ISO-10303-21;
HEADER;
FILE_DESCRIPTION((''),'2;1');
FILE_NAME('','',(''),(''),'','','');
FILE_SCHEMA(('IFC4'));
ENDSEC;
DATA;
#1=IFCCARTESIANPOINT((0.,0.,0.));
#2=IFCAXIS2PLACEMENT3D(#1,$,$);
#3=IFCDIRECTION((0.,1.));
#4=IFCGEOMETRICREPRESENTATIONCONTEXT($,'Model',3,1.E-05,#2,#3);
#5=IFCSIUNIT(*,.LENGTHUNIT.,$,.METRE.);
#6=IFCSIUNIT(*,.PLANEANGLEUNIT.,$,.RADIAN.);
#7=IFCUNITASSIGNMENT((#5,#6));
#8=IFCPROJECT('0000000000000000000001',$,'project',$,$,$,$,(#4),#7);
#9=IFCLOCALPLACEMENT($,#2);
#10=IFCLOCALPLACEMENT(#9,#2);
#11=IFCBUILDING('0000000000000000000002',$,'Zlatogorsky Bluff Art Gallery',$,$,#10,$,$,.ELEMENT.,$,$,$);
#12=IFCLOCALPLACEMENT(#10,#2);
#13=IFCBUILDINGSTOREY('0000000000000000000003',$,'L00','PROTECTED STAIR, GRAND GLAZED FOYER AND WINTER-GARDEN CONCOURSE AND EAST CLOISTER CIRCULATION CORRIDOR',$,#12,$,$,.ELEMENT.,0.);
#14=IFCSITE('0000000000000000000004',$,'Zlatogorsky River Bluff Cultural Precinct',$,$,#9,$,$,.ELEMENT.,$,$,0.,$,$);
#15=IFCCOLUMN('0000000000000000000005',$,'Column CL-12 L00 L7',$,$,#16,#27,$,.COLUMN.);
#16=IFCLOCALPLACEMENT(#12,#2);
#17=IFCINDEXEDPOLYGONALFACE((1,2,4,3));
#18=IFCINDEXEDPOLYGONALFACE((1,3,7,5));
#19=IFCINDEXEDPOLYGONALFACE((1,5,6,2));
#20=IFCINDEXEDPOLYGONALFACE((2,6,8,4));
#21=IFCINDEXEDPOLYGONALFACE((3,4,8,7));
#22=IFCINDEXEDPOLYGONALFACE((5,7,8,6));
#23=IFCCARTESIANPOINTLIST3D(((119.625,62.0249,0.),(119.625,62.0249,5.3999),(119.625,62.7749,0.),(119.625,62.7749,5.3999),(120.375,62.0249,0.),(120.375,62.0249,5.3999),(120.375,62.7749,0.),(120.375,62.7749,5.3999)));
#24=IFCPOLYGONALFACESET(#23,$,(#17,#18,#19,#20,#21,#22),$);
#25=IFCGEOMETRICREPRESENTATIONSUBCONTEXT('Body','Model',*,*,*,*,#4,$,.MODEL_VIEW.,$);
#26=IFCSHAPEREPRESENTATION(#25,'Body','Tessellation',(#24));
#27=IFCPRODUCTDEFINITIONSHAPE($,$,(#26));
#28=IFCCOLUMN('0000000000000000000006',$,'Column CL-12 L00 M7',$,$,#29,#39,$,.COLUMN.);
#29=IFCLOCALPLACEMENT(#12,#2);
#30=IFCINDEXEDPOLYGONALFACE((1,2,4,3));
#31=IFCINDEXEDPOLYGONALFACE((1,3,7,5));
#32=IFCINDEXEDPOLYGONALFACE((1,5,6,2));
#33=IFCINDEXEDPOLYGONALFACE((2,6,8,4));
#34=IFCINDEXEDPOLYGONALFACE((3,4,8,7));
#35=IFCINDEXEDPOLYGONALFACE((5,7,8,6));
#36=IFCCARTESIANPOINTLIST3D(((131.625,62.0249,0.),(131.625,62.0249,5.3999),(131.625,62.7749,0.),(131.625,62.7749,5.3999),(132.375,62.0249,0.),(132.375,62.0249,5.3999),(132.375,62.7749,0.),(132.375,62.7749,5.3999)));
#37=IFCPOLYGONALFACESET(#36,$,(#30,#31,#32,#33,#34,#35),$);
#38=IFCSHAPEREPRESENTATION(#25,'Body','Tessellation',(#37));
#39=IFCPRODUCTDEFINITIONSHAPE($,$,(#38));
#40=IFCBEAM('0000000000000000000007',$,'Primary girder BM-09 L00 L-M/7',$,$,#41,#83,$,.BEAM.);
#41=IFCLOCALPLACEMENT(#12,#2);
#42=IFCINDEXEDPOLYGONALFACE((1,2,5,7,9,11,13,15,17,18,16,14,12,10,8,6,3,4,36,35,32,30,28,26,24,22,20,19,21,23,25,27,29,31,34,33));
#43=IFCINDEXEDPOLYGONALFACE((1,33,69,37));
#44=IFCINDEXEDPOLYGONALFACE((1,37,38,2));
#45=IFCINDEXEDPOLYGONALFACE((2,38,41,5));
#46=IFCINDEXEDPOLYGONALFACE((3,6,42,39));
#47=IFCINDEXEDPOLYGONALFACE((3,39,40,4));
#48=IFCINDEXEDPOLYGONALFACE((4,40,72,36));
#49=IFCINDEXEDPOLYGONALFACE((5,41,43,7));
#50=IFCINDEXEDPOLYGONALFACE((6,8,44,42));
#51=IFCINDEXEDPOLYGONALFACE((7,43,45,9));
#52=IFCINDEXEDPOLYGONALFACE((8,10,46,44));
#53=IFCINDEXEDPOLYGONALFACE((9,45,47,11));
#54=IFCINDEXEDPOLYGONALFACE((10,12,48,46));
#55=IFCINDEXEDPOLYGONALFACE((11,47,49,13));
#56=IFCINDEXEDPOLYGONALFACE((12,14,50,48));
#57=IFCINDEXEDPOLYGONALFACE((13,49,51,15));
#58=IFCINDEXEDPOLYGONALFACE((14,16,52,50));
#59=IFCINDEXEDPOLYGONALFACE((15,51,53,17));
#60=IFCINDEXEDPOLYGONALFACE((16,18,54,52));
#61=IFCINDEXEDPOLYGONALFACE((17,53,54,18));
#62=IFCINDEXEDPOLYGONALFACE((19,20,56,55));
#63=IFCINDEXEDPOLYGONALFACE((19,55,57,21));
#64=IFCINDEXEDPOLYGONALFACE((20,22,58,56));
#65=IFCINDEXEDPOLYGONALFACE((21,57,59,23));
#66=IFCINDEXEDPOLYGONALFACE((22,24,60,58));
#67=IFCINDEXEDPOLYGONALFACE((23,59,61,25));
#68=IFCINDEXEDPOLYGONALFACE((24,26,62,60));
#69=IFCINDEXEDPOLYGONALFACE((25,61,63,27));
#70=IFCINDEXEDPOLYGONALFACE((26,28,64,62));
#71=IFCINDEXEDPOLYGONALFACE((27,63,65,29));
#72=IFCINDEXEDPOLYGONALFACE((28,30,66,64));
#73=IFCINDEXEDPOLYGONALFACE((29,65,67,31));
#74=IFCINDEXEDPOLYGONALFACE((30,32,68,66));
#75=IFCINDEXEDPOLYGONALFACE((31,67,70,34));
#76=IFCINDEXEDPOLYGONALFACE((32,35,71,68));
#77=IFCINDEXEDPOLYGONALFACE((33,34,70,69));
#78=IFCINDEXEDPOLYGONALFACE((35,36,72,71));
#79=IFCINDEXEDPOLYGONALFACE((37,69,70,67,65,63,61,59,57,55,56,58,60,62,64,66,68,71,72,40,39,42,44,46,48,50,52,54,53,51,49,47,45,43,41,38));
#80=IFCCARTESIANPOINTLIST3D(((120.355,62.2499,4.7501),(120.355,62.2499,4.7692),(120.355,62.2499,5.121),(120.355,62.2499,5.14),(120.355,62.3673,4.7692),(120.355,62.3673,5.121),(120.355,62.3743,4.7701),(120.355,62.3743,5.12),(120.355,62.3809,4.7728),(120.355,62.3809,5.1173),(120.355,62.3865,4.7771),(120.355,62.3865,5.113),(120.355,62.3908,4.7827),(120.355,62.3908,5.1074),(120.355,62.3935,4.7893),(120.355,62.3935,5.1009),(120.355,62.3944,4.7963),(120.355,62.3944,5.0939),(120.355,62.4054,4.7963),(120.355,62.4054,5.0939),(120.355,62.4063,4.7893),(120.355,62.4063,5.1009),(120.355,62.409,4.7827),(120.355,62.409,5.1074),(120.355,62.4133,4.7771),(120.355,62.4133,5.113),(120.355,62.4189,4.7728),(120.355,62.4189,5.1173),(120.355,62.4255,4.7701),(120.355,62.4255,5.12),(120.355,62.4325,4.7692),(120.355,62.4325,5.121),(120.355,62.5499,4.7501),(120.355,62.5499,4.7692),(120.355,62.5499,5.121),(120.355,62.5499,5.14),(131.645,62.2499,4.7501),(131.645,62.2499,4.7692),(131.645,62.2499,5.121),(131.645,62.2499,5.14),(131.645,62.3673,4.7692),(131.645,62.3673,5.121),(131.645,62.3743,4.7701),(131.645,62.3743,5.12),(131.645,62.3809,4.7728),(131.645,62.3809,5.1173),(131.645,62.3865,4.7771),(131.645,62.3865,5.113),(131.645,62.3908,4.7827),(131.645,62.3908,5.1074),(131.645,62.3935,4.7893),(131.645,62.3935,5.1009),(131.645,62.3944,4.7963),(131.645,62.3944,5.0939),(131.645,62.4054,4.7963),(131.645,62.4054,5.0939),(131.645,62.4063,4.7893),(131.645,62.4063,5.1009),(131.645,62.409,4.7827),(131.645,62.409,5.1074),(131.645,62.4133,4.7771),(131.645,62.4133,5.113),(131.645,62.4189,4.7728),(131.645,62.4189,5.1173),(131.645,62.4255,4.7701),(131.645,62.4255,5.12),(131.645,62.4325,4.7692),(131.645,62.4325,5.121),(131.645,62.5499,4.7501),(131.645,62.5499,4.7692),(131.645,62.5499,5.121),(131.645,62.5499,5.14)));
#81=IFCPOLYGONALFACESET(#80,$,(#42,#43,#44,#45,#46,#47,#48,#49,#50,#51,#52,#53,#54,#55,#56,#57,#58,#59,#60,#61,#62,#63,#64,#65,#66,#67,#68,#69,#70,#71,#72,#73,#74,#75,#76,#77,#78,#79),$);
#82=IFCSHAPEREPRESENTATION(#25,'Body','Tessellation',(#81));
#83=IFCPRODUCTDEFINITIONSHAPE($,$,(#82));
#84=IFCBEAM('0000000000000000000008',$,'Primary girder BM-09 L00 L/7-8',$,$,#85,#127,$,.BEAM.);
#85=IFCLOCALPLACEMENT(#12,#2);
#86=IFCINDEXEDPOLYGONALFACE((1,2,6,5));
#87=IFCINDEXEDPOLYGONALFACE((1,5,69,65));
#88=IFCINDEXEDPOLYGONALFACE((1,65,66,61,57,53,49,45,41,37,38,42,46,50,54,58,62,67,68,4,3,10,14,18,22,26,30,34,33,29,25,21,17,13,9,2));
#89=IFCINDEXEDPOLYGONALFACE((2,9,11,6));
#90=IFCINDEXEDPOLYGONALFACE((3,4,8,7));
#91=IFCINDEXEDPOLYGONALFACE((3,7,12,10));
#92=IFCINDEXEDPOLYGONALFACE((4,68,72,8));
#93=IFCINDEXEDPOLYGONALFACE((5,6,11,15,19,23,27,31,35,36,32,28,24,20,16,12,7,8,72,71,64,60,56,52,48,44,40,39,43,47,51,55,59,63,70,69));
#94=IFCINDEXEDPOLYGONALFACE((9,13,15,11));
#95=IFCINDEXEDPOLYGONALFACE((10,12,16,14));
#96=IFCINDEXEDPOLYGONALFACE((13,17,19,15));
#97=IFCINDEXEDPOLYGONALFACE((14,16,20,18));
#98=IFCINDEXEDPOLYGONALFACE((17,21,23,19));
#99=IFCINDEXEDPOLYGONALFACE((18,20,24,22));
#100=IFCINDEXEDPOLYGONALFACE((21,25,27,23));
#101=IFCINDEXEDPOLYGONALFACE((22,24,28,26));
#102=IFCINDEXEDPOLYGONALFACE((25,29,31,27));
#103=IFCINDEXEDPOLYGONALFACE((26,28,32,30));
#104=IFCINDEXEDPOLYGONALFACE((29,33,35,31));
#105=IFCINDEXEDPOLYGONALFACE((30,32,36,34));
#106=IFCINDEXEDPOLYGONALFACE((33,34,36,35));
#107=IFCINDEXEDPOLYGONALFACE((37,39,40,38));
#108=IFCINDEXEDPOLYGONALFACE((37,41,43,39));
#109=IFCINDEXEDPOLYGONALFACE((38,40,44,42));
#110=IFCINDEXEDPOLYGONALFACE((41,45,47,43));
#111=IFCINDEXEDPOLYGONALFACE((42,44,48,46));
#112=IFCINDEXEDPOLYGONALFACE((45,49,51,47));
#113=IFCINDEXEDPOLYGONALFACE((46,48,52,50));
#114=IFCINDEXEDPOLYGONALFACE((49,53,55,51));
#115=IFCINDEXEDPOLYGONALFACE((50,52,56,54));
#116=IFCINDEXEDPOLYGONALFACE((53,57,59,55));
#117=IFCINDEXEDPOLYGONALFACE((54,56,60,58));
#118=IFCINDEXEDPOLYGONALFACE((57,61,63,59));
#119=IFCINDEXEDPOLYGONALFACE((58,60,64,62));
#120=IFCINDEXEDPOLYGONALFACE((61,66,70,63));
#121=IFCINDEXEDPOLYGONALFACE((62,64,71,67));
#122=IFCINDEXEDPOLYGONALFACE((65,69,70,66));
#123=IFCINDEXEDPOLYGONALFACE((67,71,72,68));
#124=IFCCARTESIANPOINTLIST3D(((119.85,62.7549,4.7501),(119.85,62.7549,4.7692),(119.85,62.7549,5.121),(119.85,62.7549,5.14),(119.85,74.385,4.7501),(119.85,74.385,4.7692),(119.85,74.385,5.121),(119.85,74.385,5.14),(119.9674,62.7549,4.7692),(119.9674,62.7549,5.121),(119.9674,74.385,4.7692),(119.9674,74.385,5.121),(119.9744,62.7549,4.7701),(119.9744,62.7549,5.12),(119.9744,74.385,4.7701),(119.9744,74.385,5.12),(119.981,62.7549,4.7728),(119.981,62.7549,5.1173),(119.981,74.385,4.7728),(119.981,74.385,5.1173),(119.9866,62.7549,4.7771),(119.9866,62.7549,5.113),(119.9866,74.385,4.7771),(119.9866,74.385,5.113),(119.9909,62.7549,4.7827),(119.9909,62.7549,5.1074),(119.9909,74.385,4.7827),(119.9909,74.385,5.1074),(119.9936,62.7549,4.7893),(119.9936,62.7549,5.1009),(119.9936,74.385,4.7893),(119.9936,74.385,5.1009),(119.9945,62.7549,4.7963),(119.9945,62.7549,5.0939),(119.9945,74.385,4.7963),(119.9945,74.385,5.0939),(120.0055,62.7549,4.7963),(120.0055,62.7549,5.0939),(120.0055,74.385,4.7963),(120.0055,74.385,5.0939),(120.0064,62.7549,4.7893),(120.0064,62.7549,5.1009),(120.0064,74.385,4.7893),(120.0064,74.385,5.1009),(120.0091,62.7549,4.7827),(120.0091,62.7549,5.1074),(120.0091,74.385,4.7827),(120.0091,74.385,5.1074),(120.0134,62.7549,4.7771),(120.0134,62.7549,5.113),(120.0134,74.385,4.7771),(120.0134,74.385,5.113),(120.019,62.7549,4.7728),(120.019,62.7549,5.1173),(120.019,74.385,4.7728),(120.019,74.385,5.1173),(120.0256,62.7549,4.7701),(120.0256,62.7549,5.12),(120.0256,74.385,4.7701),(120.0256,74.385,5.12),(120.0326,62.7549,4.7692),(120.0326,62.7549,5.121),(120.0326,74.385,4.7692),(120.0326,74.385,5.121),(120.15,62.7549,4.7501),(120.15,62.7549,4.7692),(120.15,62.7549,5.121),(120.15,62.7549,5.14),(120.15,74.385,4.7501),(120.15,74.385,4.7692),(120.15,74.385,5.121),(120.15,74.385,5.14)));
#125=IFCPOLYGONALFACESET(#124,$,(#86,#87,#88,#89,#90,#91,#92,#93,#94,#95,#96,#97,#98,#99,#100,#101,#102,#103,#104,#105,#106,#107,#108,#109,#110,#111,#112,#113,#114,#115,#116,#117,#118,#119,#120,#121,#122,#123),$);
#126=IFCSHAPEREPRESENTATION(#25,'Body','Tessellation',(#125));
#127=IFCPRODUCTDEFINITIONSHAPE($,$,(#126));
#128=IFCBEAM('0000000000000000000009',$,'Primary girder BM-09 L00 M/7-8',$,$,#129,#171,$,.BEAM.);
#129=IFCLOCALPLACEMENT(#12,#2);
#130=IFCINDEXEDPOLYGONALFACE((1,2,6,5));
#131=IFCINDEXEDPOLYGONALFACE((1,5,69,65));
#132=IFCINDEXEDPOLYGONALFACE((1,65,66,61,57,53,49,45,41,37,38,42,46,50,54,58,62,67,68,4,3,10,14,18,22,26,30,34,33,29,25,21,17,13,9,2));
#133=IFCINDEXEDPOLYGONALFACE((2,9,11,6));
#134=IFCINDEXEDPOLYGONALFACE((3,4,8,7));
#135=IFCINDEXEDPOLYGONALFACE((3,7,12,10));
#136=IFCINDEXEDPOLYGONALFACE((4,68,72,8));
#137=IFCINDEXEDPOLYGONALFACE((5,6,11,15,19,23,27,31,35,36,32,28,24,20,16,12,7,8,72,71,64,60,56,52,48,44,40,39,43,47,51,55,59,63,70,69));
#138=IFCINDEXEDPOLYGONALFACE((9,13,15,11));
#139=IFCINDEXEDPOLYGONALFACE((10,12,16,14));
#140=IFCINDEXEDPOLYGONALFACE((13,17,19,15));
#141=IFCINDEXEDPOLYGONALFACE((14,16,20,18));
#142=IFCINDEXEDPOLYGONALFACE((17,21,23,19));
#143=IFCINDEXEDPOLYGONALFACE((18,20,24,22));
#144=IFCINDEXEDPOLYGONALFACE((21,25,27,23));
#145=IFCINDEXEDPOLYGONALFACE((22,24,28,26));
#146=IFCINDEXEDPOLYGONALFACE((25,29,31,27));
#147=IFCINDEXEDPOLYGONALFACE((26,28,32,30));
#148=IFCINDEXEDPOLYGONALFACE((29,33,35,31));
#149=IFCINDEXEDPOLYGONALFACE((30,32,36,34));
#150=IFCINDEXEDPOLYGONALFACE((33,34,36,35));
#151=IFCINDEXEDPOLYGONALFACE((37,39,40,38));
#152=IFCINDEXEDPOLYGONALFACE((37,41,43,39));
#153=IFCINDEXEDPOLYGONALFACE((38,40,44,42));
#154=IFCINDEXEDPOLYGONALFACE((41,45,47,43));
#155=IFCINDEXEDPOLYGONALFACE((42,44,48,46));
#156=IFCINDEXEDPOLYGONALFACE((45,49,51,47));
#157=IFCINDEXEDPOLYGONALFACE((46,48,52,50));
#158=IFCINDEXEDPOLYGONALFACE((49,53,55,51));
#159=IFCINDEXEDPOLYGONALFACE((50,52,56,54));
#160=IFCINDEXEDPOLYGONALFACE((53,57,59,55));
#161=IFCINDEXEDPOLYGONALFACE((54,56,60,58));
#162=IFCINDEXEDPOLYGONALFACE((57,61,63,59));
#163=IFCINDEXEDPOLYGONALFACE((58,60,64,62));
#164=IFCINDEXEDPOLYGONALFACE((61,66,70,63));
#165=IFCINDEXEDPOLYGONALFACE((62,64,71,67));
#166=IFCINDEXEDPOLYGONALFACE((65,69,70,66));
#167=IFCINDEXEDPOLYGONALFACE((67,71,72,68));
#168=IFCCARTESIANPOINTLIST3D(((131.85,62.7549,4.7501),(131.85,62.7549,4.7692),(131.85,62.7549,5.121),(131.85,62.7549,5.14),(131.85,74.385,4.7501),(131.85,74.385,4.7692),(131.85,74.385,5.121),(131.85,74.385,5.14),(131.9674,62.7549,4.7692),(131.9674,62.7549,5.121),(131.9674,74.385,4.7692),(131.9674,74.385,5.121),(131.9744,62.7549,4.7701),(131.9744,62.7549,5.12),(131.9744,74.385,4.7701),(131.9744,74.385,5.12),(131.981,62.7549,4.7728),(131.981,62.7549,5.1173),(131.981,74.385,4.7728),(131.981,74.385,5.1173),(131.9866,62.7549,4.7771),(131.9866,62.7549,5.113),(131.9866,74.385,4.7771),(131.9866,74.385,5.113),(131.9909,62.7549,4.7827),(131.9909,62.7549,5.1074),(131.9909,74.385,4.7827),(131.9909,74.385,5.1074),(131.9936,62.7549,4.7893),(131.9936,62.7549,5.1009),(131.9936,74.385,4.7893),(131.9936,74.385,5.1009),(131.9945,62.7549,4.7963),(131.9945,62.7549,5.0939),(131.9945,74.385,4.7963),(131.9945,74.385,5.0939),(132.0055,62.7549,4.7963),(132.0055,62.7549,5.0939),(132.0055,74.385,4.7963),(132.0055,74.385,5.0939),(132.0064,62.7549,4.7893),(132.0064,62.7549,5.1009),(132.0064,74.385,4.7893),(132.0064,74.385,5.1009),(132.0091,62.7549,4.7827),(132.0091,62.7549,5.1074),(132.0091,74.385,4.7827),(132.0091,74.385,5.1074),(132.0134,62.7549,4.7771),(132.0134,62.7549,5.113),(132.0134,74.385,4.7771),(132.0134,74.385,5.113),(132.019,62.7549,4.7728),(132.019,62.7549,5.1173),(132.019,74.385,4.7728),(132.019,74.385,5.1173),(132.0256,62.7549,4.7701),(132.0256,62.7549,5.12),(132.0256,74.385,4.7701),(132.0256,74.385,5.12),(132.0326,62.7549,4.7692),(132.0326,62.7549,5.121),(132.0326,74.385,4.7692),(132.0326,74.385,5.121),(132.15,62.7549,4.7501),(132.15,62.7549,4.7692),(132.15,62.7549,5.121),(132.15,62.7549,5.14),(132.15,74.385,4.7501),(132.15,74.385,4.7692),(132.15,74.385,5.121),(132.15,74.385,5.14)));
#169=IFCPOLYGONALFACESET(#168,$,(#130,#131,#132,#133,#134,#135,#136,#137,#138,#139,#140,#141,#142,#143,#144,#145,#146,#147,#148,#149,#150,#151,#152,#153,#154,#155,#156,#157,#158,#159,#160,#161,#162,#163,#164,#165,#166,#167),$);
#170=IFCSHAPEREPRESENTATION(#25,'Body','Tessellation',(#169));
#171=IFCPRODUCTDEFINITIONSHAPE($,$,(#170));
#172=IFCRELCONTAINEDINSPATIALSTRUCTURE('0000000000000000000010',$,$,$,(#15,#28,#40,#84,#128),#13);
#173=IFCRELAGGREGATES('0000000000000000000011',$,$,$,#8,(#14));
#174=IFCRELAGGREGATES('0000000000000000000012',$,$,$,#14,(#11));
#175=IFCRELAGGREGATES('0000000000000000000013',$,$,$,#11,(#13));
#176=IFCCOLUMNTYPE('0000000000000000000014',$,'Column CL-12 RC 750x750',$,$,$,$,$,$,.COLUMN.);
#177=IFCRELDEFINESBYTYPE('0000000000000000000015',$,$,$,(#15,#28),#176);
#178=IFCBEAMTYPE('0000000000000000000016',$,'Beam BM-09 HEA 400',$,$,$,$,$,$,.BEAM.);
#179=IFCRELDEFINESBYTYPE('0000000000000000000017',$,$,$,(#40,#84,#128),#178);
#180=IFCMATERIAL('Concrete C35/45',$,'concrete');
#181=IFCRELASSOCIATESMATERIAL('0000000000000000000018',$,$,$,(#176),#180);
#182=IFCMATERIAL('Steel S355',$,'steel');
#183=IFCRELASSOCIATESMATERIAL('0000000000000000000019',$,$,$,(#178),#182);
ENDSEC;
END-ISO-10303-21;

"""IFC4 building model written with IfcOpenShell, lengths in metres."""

from ifc_helpers import new_model, si_unit, direction, frame, origin, origin_2d, place, context, subcontext, project, spatial, rectangle, i_section, extrude, material, material_profile, profile_set, type_object, element, save


model = new_model("IFC4")

# Units and contexts
model_context = context("Model", 3, precision=1e-05, world=origin(), true_north=direction((0.0, 1.0)))
body_context = subcontext(model_context, "Body", "Model", "MODEL_VIEW")
ifc_project = project(units=[si_unit("LENGTHUNIT", "METRE"), si_unit("PLANEANGLEUNIT", "RADIAN")], contexts=[model_context])

# Site, building, storey
site_placement = place(None, origin())
site = spatial("IfcSite", under=ifc_project, at=site_placement, Name="Zlatogorsky River Bluff Cultural Precinct", CompositionType="ELEMENT", RefElevation=0.0)
building_placement = place(site_placement, origin())
building = spatial("IfcBuilding", under=site, at=building_placement, Name="Zlatogorsky Bluff Art Gallery", CompositionType="ELEMENT")
storey_placement = place(building_placement, origin())
storey = spatial("IfcBuildingStorey", under=building, at=storey_placement, Name="L00", Description="PROTECTED STAIR, GRAND GLAZED FOYER AND WINTER-GARDEN CONCOURSE AND EAST CLOISTER CIRCULATION CORRIDOR", CompositionType="ELEMENT", Elevation=0.0)

# Columns
ifc_material_1 = material(Name="Concrete C35/45", Category="concrete")
ifc_material_profile_1 = material_profile(ifc_material_1, rectangle(XDim=0.75, YDim=0.75, at=origin_2d()), Name="RC 750x750")
ifc_profile_set_1 = profile_set([ifc_material_profile_1], Name="Concrete C35/45")
column_type = type_object("IfcColumnType", Name="Column CL-12 RC 750x750", PredefinedType="COLUMN", material=ifc_profile_set_1)
for number, where, z_axis, x_axis, name in (
    (1, (120.0, 62.3999, 0.0), (0.0, 0.0, 1.0), (1.0, 0.0, 0.0), "Column CL-12 L00 L7"),
    (2, (132.0, 62.3999, 0.0), (0.0, 0.0, 1.0), (1.0, 0.0, 0.0), "Column CL-12 L00 M7"),
):
    element("IfcColumn", number, at=place(storey_placement, frame(where, z_axis=z_axis, x_axis=x_axis)), inside=storey, type_object=column_type, Name=name, PredefinedType="COLUMN", context=body_context, shape_type="SweptSolid", body=[
        extrude(rectangle(XDim=0.75, YDim=0.75, at=origin_2d()), origin(), (0.0, 0.0, 1.0), 5.3999),
    ])

# Beams
ifc_material_2 = material(Name="Steel S355", Category="steel")
ifc_material_profile_2 = material_profile(ifc_material_2, i_section(OverallWidth=0.3, OverallDepth=0.3899, WebThickness=0.011, FlangeThickness=0.019, FilletRadius=0.0271, at=origin_2d()), Name="HEA 400")
ifc_profile_set_2 = profile_set([ifc_material_profile_2], Name="Steel S355")
beam_type_1 = type_object("IfcBeamType", Name="Beam BM-09 HEA 400", PredefinedType="BEAM", material=ifc_profile_set_2)
beam_placement = place(storey_placement, frame((120.355, 62.3999, 4.9451), z_axis=(1.0, 0.0, 0.0), x_axis=(0.0, 1.0, 0.0)))
element("IfcBeam", 3, at=beam_placement, inside=storey, type_object=beam_type_1, Name="Primary girder BM-09 L00 L-M/7", PredefinedType="BEAM", context=body_context, shape_type="SweptSolid", body=[
    extrude(i_section(OverallWidth=0.3, OverallDepth=0.3899, WebThickness=0.011, FlangeThickness=0.019, FilletRadius=0.0271, at=origin_2d()), origin(), (0.0, 0.0, 1.0), 11.29),
])
for number, where, z_axis, x_axis, name in (
    (4, (120.0, 62.7549, 4.9451), (0.0, 1.0, 0.0), (-1.0, 0.0, 0.0), "Primary girder BM-09 L00 L/7-8"),
    (5, (132.0, 62.7549, 4.9451), (0.0, 1.0, 0.0), (-1.0, 0.0, 0.0), "Primary girder BM-09 L00 M/7-8"),
):
    element("IfcBeam", number, at=place(storey_placement, frame(where, z_axis=z_axis, x_axis=x_axis)), inside=storey, type_object=beam_type_1, Name=name, PredefinedType="BEAM", context=body_context, shape_type="SweptSolid", body=[
        extrude(i_section(OverallWidth=0.3, OverallDepth=0.3899, WebThickness=0.011, FlangeThickness=0.019, FilletRadius=0.0271, at=origin_2d()), origin(), (0.0, 0.0, 1.0), 11.6301),
    ])

save(model, "model.ifc")
